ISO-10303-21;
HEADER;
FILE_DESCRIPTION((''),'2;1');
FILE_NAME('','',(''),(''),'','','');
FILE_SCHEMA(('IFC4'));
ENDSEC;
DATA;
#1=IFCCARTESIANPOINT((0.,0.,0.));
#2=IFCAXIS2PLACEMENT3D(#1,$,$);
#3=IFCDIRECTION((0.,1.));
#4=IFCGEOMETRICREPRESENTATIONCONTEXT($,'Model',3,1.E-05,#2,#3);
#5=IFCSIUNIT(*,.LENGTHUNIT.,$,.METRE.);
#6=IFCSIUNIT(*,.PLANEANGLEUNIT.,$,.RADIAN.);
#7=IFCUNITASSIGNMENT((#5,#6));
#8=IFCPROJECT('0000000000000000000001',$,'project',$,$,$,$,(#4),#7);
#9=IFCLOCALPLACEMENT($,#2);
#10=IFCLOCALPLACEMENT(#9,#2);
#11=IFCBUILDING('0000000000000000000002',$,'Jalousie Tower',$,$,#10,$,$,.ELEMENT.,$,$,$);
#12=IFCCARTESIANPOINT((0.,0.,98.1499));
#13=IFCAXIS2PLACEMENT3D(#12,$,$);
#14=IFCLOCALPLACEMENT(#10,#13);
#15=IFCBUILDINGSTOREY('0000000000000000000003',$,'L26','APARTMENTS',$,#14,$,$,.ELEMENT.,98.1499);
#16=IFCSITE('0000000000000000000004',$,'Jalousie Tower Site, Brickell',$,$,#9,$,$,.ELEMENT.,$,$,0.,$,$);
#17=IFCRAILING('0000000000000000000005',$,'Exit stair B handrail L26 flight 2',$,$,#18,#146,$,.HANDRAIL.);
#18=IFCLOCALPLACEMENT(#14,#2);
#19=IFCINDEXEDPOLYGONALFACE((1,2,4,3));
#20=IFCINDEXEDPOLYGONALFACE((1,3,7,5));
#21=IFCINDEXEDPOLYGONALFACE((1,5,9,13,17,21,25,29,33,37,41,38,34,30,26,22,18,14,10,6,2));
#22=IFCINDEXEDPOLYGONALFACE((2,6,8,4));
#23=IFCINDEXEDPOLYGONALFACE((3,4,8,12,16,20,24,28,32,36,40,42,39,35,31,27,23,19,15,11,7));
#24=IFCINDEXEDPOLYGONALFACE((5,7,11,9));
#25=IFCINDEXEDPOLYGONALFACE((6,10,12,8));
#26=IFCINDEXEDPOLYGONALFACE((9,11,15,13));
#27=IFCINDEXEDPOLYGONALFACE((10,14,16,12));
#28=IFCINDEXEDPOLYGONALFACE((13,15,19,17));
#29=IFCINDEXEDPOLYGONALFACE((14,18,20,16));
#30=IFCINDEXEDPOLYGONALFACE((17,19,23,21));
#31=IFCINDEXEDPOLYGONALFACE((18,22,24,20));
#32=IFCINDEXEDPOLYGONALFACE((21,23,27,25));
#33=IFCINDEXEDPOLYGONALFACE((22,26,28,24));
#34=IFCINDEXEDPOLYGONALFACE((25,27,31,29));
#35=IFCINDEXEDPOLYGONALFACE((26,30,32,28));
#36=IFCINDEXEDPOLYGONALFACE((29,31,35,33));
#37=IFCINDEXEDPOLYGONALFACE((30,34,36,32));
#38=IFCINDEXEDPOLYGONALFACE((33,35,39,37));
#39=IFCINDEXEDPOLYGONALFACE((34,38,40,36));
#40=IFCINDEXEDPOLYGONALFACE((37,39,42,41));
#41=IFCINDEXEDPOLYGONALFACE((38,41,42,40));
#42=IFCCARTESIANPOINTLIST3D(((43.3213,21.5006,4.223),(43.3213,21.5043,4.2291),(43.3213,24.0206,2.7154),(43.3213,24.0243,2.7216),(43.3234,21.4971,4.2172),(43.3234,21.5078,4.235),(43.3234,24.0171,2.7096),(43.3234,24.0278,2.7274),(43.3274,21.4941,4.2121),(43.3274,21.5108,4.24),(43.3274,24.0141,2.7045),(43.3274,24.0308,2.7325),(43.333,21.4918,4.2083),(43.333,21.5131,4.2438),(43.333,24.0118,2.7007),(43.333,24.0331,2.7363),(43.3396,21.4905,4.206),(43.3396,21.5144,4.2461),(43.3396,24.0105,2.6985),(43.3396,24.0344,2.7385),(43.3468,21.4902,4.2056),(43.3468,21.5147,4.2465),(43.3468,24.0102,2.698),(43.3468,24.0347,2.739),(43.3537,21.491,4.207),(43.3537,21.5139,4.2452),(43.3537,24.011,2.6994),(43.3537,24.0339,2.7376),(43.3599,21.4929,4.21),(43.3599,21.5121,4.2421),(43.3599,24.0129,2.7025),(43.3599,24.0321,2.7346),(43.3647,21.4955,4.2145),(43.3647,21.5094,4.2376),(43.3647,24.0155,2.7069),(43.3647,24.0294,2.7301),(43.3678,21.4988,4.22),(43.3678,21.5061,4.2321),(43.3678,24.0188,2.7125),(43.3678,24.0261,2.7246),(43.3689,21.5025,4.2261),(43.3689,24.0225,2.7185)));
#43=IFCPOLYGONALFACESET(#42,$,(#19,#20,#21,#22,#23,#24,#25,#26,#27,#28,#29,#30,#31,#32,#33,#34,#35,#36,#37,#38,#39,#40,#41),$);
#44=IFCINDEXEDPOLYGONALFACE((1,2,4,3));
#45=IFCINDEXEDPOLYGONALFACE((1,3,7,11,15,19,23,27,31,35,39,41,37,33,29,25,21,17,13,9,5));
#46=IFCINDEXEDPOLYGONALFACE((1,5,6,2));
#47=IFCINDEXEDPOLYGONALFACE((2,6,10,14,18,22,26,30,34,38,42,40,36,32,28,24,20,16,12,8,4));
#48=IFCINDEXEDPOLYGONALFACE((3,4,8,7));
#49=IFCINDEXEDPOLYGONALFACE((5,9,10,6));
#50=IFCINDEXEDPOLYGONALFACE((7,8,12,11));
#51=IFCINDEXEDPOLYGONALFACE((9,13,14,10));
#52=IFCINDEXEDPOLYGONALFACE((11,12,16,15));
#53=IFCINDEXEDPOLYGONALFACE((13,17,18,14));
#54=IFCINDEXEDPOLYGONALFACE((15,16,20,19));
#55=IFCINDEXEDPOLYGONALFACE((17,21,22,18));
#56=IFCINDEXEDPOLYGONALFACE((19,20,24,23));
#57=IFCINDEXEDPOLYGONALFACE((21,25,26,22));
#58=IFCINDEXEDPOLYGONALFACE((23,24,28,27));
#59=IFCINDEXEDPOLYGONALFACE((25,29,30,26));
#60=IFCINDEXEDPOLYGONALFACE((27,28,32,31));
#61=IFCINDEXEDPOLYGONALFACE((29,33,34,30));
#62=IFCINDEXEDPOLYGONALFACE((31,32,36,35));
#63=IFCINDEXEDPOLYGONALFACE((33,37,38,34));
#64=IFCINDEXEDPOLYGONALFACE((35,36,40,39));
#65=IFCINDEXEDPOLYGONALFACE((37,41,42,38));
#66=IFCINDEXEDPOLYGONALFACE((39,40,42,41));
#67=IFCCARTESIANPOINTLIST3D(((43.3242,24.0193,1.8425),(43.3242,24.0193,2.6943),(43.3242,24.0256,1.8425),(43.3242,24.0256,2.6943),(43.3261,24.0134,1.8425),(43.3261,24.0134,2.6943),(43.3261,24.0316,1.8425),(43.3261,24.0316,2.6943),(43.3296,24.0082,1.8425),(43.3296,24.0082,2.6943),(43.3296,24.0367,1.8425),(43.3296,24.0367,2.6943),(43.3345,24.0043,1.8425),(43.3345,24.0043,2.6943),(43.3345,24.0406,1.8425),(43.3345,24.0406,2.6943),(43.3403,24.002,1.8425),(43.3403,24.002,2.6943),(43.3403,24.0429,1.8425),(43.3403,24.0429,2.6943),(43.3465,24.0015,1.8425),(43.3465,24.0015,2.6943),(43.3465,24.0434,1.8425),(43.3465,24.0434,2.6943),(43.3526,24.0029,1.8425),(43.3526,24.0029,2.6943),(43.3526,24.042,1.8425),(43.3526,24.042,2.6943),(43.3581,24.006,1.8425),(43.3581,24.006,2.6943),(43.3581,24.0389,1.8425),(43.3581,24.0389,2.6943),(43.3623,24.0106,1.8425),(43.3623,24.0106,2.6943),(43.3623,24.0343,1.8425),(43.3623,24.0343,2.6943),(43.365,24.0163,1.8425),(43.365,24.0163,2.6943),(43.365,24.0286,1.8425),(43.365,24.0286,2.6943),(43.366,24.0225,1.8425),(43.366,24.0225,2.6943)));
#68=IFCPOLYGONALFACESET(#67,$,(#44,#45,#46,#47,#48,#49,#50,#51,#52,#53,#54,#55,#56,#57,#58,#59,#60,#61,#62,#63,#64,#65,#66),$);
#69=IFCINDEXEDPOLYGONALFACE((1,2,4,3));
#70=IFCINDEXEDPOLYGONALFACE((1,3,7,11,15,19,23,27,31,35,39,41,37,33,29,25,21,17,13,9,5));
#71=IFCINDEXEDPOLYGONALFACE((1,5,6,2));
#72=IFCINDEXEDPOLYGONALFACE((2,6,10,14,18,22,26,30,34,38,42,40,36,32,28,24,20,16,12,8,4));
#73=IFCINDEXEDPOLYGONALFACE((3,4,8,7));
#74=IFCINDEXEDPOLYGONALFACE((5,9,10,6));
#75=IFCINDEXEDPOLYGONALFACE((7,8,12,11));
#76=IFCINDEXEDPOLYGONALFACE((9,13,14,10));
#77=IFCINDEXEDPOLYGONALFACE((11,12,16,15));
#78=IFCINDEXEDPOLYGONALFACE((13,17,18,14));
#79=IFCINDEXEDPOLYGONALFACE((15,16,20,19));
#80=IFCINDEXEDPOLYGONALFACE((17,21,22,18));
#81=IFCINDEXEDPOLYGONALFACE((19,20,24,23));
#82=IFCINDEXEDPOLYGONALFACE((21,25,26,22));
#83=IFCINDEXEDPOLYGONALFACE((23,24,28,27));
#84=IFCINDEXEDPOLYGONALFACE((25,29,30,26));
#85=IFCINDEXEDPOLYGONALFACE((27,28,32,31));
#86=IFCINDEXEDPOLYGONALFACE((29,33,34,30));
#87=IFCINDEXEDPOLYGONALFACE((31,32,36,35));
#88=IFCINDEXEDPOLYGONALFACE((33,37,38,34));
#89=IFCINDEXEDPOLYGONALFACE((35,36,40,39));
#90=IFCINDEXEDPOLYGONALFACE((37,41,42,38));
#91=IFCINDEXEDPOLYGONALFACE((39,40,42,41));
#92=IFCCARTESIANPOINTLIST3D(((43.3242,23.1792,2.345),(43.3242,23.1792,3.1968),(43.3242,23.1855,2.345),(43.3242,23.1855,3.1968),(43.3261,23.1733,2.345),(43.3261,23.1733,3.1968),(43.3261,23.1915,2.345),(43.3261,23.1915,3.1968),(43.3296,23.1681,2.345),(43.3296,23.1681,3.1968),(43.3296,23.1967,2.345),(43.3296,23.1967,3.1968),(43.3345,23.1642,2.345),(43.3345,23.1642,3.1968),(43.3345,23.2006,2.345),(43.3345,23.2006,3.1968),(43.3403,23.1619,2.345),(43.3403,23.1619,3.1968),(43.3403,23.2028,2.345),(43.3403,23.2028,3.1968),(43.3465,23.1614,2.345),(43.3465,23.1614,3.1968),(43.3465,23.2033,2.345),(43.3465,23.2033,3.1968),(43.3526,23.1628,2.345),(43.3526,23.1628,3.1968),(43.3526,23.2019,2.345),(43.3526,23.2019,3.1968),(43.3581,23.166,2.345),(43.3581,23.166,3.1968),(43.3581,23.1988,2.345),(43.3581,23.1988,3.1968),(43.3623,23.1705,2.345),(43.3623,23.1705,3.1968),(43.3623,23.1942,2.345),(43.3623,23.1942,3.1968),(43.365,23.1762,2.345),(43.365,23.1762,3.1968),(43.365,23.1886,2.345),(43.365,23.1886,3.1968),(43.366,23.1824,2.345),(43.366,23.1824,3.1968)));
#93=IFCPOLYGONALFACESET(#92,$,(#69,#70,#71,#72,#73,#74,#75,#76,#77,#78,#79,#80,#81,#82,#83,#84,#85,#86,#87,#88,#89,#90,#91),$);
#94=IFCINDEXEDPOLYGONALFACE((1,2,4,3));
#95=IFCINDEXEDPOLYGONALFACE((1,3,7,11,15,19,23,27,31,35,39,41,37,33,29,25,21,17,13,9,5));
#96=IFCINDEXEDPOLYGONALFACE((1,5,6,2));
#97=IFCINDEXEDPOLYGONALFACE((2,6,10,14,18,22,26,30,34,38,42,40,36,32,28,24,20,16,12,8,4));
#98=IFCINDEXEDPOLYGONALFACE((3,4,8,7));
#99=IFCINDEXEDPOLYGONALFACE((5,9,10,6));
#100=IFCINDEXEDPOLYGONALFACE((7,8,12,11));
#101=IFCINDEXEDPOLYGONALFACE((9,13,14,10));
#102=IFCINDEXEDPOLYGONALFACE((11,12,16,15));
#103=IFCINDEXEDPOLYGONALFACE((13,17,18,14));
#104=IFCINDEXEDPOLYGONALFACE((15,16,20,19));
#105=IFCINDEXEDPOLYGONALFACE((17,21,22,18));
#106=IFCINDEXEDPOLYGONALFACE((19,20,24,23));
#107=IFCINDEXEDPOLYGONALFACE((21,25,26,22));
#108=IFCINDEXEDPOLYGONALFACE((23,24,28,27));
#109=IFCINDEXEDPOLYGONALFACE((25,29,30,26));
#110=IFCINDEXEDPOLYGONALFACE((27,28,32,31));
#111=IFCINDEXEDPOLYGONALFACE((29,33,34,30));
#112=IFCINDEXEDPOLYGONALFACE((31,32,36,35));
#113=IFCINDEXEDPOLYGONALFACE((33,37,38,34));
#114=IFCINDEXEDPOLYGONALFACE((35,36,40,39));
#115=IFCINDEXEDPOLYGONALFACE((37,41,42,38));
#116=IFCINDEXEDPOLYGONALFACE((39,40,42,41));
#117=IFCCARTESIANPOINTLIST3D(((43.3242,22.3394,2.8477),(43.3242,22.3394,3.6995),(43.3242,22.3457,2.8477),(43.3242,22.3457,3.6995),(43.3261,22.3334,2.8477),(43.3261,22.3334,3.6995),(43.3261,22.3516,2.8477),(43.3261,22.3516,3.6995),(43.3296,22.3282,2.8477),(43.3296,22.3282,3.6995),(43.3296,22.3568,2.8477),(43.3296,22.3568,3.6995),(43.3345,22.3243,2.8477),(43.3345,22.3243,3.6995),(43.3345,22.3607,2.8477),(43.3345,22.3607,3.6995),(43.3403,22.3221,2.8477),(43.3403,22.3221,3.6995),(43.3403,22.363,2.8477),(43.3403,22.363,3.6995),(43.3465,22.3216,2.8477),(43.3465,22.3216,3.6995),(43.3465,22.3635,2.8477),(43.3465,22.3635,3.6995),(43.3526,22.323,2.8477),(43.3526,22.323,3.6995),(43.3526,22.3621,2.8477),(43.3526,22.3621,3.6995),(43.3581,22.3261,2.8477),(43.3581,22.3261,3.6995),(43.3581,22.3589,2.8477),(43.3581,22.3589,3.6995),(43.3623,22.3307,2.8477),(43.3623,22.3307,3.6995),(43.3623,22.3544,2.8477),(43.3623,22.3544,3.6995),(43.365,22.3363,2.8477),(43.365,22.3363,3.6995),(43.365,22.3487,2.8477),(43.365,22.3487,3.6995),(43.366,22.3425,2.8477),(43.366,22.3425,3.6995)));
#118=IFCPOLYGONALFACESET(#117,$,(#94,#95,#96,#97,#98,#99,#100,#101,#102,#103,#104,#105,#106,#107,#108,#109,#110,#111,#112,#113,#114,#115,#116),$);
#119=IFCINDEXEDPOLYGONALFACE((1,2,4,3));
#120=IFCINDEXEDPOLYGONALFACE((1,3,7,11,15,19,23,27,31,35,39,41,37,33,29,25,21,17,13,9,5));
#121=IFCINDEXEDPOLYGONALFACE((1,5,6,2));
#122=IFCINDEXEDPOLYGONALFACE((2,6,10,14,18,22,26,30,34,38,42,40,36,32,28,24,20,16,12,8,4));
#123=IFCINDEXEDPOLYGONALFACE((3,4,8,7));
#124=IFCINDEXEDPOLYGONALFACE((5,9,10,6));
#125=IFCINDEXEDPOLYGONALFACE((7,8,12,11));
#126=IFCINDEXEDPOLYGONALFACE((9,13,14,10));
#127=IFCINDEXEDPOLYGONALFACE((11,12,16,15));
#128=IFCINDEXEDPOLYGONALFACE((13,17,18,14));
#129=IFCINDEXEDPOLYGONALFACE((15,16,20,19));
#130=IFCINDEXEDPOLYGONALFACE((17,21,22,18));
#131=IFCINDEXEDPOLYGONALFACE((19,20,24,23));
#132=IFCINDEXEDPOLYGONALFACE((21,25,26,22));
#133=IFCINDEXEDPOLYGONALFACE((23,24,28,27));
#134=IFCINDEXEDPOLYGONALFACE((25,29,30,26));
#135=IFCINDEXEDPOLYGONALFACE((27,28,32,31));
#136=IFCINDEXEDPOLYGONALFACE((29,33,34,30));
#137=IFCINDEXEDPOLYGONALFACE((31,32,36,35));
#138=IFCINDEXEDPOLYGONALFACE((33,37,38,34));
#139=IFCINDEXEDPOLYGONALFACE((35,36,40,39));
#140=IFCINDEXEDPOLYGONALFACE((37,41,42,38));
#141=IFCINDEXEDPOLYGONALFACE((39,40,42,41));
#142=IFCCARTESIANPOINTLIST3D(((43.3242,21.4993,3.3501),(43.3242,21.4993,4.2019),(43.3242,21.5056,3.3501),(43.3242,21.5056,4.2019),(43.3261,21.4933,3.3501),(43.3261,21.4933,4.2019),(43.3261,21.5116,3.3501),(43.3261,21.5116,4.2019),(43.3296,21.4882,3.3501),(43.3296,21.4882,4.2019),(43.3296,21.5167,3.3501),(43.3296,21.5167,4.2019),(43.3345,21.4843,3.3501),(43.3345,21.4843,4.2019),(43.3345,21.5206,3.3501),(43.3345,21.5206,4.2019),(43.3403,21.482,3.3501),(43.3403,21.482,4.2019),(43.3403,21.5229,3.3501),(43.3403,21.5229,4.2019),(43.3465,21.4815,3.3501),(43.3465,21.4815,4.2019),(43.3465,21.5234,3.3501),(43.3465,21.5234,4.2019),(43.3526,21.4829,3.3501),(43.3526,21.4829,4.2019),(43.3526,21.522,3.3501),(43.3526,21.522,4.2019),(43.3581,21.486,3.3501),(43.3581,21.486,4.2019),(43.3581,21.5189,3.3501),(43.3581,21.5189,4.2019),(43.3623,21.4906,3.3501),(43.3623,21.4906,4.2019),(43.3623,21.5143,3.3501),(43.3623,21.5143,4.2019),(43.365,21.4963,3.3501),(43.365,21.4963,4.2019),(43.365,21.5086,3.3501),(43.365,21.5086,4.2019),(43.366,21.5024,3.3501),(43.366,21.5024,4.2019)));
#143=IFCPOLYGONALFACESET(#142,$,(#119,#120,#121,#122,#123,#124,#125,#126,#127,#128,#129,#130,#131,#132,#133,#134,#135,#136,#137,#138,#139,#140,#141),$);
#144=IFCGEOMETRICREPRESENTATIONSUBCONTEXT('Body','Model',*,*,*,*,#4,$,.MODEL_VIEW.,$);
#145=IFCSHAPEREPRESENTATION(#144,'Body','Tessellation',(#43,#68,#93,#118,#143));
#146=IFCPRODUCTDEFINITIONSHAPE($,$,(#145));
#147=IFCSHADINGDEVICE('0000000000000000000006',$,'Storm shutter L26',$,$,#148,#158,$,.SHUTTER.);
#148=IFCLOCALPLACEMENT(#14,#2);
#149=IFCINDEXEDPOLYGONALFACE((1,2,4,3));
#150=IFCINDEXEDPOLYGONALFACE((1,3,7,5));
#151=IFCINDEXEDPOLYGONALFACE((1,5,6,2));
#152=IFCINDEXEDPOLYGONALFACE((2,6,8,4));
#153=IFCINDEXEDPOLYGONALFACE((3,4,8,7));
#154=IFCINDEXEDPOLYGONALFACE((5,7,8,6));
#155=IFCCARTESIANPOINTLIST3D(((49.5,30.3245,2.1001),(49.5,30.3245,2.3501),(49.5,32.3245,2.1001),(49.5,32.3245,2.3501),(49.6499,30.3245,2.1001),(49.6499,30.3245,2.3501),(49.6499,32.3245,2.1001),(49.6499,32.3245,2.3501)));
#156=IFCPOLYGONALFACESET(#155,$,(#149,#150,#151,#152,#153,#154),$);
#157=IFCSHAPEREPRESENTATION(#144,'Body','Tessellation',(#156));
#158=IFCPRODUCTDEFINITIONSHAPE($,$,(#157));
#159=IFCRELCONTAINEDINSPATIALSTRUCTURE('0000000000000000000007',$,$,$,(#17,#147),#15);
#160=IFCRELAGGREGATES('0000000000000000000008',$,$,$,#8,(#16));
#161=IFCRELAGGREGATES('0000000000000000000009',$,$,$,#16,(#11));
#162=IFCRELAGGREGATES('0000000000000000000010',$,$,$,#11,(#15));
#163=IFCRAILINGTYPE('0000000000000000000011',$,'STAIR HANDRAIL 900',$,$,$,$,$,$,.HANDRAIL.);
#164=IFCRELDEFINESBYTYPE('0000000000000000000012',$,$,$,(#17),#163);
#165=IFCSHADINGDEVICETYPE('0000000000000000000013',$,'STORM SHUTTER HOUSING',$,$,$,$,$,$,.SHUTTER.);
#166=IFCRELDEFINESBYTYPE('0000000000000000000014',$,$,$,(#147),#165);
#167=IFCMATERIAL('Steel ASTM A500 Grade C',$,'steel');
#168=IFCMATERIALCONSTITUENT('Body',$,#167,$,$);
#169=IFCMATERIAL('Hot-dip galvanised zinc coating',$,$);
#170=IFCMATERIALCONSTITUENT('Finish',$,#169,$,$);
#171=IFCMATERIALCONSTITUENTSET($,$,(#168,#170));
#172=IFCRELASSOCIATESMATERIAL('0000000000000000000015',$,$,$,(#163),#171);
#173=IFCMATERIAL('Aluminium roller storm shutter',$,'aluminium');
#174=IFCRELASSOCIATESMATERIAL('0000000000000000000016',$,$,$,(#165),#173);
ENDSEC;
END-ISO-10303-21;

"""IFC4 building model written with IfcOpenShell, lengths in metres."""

from ifc_helpers import new_model, si_unit, direction, frame, origin, origin_2d, place, context, subcontext, project, spatial, rectangle, circle, extrude, material, constituent, constituent_set, type_object, element, save


model = new_model("IFC4")

# Units and contexts
model_context = context("Model", 3, precision=1e-05, world=origin(), true_north=direction((0.0, 1.0)))
body_context = subcontext(model_context, "Body", "Model", "MODEL_VIEW")
ifc_project = project(units=[si_unit("LENGTHUNIT", "METRE"), si_unit("PLANEANGLEUNIT", "RADIAN")], contexts=[model_context])

# Site, building, storey
site_placement = place(None, origin())
site = spatial("IfcSite", under=ifc_project, at=site_placement, Name="Jalousie Tower Site, Brickell", CompositionType="ELEMENT", RefElevation=0.0)
building_placement = place(site_placement, origin())
building = spatial("IfcBuilding", under=site, at=building_placement, Name="Jalousie Tower", CompositionType="ELEMENT")
storey_placement = place(building_placement, frame((0.0, 0.0, 98.1499)))
storey = spatial("IfcBuildingStorey", under=building, at=storey_placement, Name="L26", Description="APARTMENTS", CompositionType="ELEMENT", Elevation=98.1499)

# Railing
ifc_material_1 = material(Name="Steel ASTM A500 Grade C", Category="steel")
ifc_constituent_1 = constituent(ifc_material_1, Name="Body")
ifc_material_2 = material(Name="Hot-dip galvanised zinc coating")
ifc_constituent_2 = constituent(ifc_material_2, Name="Finish")
ifc_constituent_set_1 = constituent_set(constituents=[ifc_constituent_1, ifc_constituent_2])
railing_type_1 = type_object("IfcRailingType", Name="STAIR HANDRAIL 900", PredefinedType="HANDRAIL", material=ifc_constituent_set_1)
railing_1_placement = place(storey_placement, frame((43.345, 24.0225, 1.8425)))
element("IfcRailing", 1, at=railing_1_placement, inside=storey, type_object=railing_type_1, Name="Exit stair B handrail L26 flight 2", PredefinedType="HANDRAIL", context=body_context, shape_type="SweptSolid", body=[
    extrude(circle(Radius=0.0239, at=origin_2d()), frame((0.0, 0.0, 0.876), z_axis=(0.0, -0.85816, 0.513383), x_axis=(1.0, 0.0, 0.0)), (0.0, 0.0, 1.0), 2.9365),
    extrude(circle(Radius=0.021, at=origin_2d()), origin(), (0.0, 0.0, 1.0), 0.8518),
    extrude(circle(Radius=0.021, at=origin_2d()), frame((0.0, -0.8401, 0.5024)), (0.0, 0.0, 1.0), 0.8518),
    extrude(circle(Radius=0.021, at=origin_2d()), frame((0.0, -1.6799, 1.0051)), (0.0, 0.0, 1.0), 0.8518),
    extrude(circle(Radius=0.021, at=origin_2d()), frame((0.0, -2.52, 1.5076)), (0.0, 0.0, 1.0), 0.8518),
])

# Shading device
ifc_material_3 = material(Name="Aluminium roller storm shutter", Category="aluminium")
shading_device_type = type_object("IfcShadingDeviceType", Name="STORM SHUTTER HOUSING", PredefinedType="SHUTTER", material=ifc_material_3)
shading_device_placement = place(storey_placement, frame((49.575, 31.3245, 2.1001), z_axis=(0.0, 0.0, 1.0), x_axis=(0.0, 1.0, 0.0)))
element("IfcShadingDevice", 2, at=shading_device_placement, inside=storey, type_object=shading_device_type, Name="Storm shutter L26", PredefinedType="SHUTTER", context=body_context, shape_type="SweptSolid", body=[
    extrude(rectangle(XDim=2.0, YDim=0.1499, at=origin_2d()), origin(), (0.0, 0.0, 1.0), 0.25),
])

save(model, "model.ifc")
